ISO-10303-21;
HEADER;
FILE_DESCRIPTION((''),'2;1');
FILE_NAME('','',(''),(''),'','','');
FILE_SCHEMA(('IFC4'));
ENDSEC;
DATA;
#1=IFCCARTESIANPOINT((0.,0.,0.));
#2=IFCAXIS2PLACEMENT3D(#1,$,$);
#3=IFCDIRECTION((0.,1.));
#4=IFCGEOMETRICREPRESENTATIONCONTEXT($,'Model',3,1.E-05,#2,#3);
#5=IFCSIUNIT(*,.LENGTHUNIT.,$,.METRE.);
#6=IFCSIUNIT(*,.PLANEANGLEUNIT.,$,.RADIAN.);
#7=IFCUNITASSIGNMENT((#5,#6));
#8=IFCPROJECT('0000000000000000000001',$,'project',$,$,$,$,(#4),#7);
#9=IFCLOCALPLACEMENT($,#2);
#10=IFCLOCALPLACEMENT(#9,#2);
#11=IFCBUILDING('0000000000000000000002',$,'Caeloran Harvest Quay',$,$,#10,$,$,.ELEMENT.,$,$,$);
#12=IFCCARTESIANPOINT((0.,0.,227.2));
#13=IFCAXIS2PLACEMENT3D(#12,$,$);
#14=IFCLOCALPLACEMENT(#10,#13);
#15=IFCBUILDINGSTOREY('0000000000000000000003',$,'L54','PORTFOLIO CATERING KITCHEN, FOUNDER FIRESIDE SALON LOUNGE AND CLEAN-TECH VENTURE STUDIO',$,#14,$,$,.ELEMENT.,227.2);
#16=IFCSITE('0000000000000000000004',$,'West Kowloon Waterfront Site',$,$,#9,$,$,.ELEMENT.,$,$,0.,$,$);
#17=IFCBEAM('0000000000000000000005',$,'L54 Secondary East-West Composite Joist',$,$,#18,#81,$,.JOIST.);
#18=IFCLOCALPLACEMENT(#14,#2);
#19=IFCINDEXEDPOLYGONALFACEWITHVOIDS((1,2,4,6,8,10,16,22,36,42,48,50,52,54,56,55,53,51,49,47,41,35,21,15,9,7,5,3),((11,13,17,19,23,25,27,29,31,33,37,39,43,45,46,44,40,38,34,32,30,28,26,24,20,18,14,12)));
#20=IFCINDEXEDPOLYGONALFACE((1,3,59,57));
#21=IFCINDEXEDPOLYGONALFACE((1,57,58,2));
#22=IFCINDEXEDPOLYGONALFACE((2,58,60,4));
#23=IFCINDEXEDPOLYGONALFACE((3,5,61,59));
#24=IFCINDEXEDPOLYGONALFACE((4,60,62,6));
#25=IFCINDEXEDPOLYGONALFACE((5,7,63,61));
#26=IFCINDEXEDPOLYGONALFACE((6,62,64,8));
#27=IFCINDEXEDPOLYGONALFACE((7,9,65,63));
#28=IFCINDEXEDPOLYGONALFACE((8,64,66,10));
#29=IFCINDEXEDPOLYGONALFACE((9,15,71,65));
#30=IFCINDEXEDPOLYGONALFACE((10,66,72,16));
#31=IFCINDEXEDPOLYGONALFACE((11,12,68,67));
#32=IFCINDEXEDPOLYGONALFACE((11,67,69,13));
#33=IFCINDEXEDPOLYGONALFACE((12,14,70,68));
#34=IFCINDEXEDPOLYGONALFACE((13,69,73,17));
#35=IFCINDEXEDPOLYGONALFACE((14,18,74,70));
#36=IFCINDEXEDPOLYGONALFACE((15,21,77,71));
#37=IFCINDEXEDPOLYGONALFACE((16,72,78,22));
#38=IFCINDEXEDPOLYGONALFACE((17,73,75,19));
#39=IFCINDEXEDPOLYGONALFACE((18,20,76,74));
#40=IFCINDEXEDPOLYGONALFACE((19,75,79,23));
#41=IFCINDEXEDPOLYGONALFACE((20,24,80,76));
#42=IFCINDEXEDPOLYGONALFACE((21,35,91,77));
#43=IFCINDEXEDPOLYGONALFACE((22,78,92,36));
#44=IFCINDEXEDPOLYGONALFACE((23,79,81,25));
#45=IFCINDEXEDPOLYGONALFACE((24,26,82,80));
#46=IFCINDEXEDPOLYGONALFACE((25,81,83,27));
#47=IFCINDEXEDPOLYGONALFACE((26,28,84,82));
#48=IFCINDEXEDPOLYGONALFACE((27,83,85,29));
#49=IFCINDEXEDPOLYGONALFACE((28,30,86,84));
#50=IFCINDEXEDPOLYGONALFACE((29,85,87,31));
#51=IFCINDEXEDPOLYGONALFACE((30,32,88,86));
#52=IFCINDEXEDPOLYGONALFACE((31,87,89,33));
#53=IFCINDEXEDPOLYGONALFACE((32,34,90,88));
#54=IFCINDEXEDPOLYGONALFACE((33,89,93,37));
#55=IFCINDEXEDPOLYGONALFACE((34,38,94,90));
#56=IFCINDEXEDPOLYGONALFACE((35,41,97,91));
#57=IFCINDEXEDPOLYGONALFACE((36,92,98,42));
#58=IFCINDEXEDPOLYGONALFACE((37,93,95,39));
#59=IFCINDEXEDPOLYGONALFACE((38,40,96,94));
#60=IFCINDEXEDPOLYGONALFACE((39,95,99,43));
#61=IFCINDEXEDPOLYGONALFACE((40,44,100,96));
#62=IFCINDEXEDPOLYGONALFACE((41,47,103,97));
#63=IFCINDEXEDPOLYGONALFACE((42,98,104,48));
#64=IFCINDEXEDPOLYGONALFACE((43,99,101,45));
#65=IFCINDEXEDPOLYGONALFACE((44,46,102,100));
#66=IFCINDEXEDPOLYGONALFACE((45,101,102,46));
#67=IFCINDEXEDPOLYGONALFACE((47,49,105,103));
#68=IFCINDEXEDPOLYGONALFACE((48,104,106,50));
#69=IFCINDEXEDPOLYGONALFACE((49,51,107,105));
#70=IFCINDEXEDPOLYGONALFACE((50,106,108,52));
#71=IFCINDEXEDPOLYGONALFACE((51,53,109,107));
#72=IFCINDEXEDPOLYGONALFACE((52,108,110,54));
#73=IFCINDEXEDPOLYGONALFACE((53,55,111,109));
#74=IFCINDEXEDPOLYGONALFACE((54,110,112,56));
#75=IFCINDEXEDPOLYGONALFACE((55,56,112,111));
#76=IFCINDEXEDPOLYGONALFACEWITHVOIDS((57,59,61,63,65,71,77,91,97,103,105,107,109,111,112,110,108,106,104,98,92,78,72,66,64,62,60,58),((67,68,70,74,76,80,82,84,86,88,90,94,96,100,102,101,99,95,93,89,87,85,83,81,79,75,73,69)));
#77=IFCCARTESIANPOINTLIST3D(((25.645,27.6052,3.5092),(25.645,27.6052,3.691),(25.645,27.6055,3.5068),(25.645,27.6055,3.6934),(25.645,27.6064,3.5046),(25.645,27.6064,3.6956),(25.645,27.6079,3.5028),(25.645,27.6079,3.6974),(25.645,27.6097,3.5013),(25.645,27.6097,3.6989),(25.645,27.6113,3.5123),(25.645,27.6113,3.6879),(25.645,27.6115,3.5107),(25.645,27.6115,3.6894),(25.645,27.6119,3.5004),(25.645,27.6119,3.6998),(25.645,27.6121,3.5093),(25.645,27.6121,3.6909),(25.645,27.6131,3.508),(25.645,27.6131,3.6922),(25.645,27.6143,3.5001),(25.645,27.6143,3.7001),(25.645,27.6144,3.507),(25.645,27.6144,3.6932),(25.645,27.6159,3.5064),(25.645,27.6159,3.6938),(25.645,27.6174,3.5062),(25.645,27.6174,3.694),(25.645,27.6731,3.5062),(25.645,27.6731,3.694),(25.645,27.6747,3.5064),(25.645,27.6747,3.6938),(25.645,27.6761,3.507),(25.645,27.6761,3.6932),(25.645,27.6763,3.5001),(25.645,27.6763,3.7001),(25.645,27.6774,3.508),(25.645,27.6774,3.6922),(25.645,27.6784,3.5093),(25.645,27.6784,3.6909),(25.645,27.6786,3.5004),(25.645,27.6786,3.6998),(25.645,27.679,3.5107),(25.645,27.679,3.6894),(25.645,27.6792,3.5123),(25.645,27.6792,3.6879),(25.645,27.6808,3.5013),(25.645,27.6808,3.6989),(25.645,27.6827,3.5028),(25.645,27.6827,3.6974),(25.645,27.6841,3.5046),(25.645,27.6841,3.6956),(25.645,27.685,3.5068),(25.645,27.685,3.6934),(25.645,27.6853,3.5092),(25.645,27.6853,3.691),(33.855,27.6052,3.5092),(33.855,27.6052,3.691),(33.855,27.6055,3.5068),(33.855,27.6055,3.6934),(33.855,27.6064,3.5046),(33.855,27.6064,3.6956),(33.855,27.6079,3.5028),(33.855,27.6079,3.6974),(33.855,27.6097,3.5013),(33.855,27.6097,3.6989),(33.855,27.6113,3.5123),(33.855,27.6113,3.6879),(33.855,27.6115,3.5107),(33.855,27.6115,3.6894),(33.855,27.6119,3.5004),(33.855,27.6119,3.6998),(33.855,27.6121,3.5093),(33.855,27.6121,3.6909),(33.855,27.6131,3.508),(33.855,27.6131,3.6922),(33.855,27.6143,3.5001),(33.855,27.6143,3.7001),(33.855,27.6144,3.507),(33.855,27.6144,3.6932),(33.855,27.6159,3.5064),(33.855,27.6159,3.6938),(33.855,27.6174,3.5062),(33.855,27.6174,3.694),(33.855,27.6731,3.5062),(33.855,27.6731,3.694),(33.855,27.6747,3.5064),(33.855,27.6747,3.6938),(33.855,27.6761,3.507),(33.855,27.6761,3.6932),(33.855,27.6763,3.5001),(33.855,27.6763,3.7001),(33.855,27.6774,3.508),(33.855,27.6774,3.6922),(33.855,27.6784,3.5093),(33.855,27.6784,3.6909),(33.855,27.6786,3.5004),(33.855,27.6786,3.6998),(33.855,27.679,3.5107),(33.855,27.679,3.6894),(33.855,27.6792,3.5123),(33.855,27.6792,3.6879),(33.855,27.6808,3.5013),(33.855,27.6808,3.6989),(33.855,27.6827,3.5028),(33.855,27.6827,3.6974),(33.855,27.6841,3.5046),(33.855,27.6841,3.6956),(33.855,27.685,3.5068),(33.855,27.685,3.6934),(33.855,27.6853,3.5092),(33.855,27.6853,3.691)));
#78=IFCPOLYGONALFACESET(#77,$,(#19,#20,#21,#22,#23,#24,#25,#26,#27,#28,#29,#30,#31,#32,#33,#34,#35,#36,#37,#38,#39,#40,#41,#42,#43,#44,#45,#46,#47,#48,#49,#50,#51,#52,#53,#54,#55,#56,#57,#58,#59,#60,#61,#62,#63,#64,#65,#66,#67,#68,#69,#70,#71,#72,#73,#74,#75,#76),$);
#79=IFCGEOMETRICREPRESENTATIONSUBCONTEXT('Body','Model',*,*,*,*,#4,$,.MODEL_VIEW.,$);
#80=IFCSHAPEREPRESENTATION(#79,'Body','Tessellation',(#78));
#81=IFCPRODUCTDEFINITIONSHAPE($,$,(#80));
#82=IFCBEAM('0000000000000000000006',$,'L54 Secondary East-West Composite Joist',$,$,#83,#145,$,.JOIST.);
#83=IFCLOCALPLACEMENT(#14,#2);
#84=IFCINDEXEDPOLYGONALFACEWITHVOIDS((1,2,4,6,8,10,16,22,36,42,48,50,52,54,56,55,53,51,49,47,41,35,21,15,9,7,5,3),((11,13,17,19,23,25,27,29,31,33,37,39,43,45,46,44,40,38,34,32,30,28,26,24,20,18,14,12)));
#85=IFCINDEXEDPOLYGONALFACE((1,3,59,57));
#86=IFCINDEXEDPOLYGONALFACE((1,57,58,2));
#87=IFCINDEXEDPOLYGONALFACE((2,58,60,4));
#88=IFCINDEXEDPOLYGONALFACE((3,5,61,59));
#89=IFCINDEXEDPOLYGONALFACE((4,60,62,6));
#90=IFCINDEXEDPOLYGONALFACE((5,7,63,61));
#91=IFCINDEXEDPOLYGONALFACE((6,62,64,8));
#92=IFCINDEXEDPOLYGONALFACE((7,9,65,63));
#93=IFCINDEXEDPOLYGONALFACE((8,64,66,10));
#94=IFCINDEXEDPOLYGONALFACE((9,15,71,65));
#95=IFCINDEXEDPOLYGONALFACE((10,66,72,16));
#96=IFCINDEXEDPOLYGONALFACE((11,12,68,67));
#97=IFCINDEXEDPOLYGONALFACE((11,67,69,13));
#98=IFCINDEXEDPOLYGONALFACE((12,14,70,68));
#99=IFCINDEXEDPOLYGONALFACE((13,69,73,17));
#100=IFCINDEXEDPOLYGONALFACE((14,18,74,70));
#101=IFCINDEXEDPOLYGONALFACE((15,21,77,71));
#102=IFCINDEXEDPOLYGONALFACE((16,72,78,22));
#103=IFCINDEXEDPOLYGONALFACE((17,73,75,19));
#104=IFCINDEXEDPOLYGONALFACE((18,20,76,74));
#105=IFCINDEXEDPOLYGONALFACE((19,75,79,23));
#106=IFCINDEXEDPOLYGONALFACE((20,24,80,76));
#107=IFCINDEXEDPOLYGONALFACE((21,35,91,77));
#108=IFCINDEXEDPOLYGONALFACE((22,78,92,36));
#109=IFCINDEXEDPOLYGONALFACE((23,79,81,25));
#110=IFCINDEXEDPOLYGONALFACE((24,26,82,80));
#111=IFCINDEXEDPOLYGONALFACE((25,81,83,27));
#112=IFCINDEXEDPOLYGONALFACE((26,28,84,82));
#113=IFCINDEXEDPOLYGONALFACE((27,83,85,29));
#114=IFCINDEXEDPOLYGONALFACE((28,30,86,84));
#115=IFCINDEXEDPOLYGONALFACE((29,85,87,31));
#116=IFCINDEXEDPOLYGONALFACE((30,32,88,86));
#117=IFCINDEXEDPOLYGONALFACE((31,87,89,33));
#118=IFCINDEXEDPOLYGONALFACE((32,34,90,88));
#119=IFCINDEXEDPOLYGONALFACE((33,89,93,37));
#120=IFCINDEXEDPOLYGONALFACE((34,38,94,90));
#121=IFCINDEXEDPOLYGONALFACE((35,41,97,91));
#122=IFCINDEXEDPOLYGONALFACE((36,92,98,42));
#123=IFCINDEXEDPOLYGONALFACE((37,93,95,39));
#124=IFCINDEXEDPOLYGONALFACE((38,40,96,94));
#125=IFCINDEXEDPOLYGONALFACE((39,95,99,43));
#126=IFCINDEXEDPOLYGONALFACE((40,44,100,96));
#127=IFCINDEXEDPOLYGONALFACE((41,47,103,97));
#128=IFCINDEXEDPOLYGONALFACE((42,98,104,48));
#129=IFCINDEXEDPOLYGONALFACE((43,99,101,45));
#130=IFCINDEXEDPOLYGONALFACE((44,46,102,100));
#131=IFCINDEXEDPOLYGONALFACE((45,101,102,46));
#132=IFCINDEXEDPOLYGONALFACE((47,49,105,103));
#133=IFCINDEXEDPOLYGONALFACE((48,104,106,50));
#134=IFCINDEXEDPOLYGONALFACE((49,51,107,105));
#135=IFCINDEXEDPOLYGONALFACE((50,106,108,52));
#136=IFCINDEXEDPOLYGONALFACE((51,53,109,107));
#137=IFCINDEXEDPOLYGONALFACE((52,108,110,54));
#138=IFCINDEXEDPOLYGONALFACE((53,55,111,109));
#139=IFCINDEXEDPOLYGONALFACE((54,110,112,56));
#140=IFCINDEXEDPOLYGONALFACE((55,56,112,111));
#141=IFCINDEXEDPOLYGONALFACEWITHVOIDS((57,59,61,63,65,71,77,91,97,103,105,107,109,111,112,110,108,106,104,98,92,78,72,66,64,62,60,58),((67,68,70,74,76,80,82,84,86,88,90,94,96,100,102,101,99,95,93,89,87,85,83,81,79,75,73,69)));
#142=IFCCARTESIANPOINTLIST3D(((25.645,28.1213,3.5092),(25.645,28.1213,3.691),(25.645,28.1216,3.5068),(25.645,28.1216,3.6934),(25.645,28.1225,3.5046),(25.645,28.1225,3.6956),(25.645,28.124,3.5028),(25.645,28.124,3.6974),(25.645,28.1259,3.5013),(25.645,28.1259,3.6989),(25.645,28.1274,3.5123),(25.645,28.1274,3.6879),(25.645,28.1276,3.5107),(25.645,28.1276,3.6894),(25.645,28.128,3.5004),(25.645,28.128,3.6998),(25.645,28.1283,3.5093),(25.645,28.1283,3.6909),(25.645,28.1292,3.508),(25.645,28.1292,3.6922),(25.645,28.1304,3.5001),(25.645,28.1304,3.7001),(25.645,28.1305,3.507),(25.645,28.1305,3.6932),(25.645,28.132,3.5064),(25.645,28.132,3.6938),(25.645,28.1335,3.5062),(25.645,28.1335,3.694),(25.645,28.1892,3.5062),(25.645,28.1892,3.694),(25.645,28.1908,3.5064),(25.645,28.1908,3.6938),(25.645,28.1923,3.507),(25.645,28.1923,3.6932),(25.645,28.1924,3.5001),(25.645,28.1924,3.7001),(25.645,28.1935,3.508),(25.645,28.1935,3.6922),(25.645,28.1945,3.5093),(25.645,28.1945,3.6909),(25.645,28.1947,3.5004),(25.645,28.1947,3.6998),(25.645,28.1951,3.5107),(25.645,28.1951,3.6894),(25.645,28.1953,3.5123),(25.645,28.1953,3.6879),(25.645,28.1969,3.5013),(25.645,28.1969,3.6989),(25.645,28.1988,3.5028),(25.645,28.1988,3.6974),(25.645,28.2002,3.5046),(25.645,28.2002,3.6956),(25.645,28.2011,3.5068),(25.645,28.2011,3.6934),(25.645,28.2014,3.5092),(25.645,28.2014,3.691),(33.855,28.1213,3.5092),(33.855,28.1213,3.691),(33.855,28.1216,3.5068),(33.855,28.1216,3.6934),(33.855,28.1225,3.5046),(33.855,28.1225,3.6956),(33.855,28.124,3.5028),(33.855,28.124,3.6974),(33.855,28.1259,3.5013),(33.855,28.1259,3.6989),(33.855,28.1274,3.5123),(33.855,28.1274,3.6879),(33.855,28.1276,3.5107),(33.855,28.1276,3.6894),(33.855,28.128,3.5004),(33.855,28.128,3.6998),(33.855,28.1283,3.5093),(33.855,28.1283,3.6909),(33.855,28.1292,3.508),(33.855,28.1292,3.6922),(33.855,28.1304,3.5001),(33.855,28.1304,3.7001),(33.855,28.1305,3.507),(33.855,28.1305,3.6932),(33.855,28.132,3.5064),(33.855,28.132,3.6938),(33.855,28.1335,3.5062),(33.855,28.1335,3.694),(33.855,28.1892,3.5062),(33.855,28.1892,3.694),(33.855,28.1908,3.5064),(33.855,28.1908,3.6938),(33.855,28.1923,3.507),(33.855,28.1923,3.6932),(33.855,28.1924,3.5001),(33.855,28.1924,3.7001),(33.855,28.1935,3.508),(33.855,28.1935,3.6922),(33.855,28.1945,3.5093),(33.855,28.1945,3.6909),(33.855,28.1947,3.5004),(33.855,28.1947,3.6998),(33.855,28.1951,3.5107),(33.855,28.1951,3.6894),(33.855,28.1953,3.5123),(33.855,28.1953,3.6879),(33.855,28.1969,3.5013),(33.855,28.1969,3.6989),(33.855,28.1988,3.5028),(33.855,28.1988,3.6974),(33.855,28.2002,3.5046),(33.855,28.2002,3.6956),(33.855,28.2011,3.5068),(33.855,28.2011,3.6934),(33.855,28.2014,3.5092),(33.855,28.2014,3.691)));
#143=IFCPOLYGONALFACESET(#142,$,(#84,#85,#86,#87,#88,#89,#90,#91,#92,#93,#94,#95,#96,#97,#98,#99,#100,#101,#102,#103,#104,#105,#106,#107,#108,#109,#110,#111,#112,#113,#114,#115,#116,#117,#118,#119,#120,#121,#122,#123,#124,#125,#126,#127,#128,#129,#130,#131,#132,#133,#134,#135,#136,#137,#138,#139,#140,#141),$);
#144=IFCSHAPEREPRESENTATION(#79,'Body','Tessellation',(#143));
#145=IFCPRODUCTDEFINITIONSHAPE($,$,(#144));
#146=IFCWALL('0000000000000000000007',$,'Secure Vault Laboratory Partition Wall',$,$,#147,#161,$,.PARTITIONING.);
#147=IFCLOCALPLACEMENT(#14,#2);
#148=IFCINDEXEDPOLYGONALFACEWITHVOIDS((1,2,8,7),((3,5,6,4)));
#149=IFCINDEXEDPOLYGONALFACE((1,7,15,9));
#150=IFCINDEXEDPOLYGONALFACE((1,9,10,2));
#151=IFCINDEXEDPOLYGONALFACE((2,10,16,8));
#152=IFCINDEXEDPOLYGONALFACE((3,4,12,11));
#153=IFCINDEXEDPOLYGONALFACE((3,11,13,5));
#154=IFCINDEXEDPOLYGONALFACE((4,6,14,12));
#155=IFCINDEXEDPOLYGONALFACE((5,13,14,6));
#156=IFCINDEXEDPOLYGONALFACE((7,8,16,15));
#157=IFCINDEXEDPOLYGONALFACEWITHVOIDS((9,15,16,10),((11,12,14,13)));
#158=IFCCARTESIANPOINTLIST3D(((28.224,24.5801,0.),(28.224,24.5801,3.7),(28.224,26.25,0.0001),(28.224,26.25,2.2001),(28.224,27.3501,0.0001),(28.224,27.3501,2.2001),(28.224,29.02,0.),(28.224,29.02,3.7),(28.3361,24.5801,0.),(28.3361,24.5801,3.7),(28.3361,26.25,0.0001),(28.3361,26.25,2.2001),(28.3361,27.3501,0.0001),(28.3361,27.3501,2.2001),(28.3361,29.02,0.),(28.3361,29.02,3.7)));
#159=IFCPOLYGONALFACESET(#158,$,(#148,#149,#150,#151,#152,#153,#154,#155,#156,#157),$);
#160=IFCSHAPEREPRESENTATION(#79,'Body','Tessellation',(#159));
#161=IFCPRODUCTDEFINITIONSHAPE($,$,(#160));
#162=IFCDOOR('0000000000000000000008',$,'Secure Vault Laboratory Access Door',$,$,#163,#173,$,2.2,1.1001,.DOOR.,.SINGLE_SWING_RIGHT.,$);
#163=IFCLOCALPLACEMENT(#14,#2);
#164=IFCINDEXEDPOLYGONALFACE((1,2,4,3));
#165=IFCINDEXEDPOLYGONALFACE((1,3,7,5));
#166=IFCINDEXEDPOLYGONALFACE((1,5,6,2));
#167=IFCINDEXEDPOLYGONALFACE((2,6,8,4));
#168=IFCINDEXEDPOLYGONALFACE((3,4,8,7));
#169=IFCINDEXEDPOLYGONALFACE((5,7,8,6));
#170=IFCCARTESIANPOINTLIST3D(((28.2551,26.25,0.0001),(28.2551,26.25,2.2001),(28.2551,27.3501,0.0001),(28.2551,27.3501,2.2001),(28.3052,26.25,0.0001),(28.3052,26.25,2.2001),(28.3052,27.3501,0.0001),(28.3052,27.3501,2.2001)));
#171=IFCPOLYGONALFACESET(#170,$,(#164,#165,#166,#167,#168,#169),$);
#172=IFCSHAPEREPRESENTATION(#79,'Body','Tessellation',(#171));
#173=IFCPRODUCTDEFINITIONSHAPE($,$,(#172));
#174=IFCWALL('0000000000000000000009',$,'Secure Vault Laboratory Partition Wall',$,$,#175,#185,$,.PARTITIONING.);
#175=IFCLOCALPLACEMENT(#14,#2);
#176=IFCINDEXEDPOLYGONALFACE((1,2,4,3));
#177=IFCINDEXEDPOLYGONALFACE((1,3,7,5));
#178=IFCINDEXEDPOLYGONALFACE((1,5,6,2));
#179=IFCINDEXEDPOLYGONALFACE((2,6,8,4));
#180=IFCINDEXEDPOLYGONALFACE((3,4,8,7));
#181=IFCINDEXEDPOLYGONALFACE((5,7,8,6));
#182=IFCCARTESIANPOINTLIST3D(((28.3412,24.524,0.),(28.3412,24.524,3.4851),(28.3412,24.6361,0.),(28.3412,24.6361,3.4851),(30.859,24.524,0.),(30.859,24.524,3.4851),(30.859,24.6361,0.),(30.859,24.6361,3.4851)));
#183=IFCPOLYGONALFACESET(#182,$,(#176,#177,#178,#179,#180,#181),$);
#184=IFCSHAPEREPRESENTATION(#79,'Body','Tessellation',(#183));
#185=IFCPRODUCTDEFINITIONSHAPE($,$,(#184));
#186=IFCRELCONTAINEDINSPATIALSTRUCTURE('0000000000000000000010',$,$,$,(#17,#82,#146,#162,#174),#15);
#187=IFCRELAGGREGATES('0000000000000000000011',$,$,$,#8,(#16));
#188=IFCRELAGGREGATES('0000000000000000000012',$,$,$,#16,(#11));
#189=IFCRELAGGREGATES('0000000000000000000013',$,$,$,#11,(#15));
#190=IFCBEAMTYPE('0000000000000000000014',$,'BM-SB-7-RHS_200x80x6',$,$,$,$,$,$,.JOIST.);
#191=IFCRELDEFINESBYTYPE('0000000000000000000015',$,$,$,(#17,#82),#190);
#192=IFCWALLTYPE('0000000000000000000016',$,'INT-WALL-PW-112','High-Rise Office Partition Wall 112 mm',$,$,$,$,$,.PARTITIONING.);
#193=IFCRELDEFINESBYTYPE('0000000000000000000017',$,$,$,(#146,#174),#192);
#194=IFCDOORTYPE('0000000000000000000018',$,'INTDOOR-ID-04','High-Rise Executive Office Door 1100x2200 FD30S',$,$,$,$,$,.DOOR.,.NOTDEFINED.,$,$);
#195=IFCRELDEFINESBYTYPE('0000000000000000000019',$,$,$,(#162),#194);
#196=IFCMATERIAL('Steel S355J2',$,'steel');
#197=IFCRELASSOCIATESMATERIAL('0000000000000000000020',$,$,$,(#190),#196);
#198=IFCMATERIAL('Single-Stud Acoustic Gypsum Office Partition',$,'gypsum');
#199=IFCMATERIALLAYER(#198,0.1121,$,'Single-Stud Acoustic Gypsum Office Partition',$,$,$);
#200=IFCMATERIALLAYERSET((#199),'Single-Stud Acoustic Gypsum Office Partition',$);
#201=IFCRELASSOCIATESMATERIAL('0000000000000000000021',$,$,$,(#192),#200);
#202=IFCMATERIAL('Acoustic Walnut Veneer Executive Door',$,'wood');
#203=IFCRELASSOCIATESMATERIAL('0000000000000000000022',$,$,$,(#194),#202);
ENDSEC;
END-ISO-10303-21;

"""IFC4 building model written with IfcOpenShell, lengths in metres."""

from ifc_helpers import new_model, si_unit, direction, frame, frame_2d, origin, origin_2d, place, context, subcontext, project, spatial, rectangle, hollow_rectangle, extrude, material, layer, layer_set, material_profile, profile_set, type_object, element, fill, save


model = new_model("IFC4")

# Units and contexts
model_context = context("Model", 3, precision=1e-05, world=origin(), true_north=direction((0.0, 1.0)))
body_context = subcontext(model_context, "Body", "Model", "MODEL_VIEW")
ifc_project = project(units=[si_unit("LENGTHUNIT", "METRE"), si_unit("PLANEANGLEUNIT", "RADIAN")], contexts=[model_context])

# Site, building, storey
site_placement = place(None, origin())
site = spatial("IfcSite", under=ifc_project, at=site_placement, Name="West Kowloon Waterfront Site", CompositionType="ELEMENT", RefElevation=0.0)
building_placement = place(site_placement, origin())
building = spatial("IfcBuilding", under=site, at=building_placement, Name="Caeloran Harvest Quay", CompositionType="ELEMENT")
storey_placement = place(building_placement, frame((0.0, 0.0, 227.2)))
storey = spatial("IfcBuildingStorey", under=building, at=storey_placement, Name="L54", Description="PORTFOLIO CATERING KITCHEN, FOUNDER FIRESIDE SALON LOUNGE AND CLEAN-TECH VENTURE STUDIO", CompositionType="ELEMENT", Elevation=227.2)

# Beams
ifc_material_1 = material(Name="Steel S355J2", Category="steel")
ifc_material_profile_1 = material_profile(ifc_material_1, hollow_rectangle(XDim=0.0801, YDim=0.2, WallThickness=0.0061, InnerFilletRadius=0.0061, OuterFilletRadius=0.009, at=origin_2d()), Name="RHS 200x80x6")
ifc_profile_set_1 = profile_set([ifc_material_profile_1], Name="Steel S355J2")
beam_type_1 = type_object("IfcBeamType", Name="BM-SB-7-RHS_200x80x6", PredefinedType="JOIST", material=ifc_profile_set_1)
for number, where, z_axis, x_axis, name in (
    (1, (25.645, 27.6453, 3.6001), (1.0, 0.0, 0.0), (0.0, 1.0, 0.0), "L54 Secondary East-West Composite Joist"),
    (2, (25.645, 28.1614, 3.6001), (1.0, 0.0, 0.0), (0.0, 1.0, 0.0), "L54 Secondary East-West Composite Joist"),
):
    element("IfcBeam", number, at=place(storey_placement, frame(where, z_axis=z_axis, x_axis=x_axis)), inside=storey, type_object=beam_type_1, Name=name, PredefinedType="JOIST", context=body_context, shape_type="SweptSolid", body=[
        extrude(hollow_rectangle(XDim=0.0801, YDim=0.2, WallThickness=0.0061, InnerFilletRadius=0.0061, OuterFilletRadius=0.009, at=origin_2d()), origin(), (0.0, 0.0, 1.0), 8.21),
    ])

# Wall, opening, door
ifc_material_2 = material(Name="Single-Stud Acoustic Gypsum Office Partition", Category="gypsum")
ifc_layer = layer(ifc_material_2, 0.1121, Name="Single-Stud Acoustic Gypsum Office Partition")
ifc_layer_set = layer_set([ifc_layer], Name="Single-Stud Acoustic Gypsum Office Partition")
wall_type = type_object("IfcWallType", Name="INT-WALL-PW-112", Description="High-Rise Office Partition Wall 112 mm", PredefinedType="PARTITIONING", material=ifc_layer_set)
wall_1_placement = place(storey_placement, frame((28.28, 24.5801, 0.0), z_axis=(0.0, 0.0, 1.0), x_axis=(0.0, 1.0, 0.0)))
wall_1 = element("IfcWall", 3, at=wall_1_placement, inside=storey, type_object=wall_type, Name="Secure Vault Laboratory Partition Wall", PredefinedType="PARTITIONING", context=body_context, shape_type="SweptSolid", body=[
    extrude(rectangle(XDim=4.4399, YDim=0.1121, at=frame_2d((2.22, 0.0))), origin(), (0.0, 0.0, 1.0), 3.7),
])
opening_placement = place(wall_1_placement, frame((1.6699, 0.0, 0.0)))
opening = element("IfcOpeningElement", 4, at=opening_placement, cuts=wall_1, PredefinedType="OPENING", context=body_context, shape_type="SweptSolid", body=[
    extrude(rectangle(XDim=1.1001, YDim=2.2, at=frame_2d((0.55, 1.1001))), frame((0.0, 0.0659, 0.0), z_axis=(0.0, -1.0, 0.0), x_axis=(1.0, 0.0, 0.0)), (0.0, 0.0, 1.0), 0.1321),
])
ifc_material_3 = material(Name="Acoustic Walnut Veneer Executive Door", Category="wood")
door_type = type_object("IfcDoorType", Name="INTDOOR-ID-04", Description="High-Rise Executive Office Door 1100x2200 FD30S", OperationType="NOTDEFINED", PredefinedType="DOOR", material=ifc_material_3)
door_placement = place(opening_placement, origin())
door = element("IfcDoor", 5, at=door_placement, inside=storey, type_object=door_type, Name="Secure Vault Laboratory Access Door", OperationType="SINGLE_SWING_RIGHT", OverallHeight=2.2, OverallWidth=1.1001, PredefinedType="DOOR", context=body_context, shape_type="SweptSolid", body=[
    extrude(rectangle(XDim=1.1001, YDim=2.2, at=frame_2d((0.55, 1.1001))), frame((0.0, 0.0249, 0.0), z_axis=(0.0, -1.0, 0.0), x_axis=(1.0, 0.0, 0.0)), (0.0, 0.0, 1.0), 0.05),
])
fill(opening, door)

# Wall
wall_2_placement = place(storey_placement, frame((30.8589, 24.5801, 0.0), z_axis=(0.0, 0.0, 1.0), x_axis=(-1.0, 0.0, 0.0)))
element("IfcWall", 6, at=wall_2_placement, inside=storey, type_object=wall_type, Name="Secure Vault Laboratory Partition Wall", PredefinedType="PARTITIONING", context=body_context, shape_type="SweptSolid", body=[
    extrude(rectangle(XDim=2.5178, YDim=0.1121, at=frame_2d((1.2588, 0.0))), origin(), (0.0, 0.0, 1.0), 3.4851),
])

save(model, "model.ifc")
